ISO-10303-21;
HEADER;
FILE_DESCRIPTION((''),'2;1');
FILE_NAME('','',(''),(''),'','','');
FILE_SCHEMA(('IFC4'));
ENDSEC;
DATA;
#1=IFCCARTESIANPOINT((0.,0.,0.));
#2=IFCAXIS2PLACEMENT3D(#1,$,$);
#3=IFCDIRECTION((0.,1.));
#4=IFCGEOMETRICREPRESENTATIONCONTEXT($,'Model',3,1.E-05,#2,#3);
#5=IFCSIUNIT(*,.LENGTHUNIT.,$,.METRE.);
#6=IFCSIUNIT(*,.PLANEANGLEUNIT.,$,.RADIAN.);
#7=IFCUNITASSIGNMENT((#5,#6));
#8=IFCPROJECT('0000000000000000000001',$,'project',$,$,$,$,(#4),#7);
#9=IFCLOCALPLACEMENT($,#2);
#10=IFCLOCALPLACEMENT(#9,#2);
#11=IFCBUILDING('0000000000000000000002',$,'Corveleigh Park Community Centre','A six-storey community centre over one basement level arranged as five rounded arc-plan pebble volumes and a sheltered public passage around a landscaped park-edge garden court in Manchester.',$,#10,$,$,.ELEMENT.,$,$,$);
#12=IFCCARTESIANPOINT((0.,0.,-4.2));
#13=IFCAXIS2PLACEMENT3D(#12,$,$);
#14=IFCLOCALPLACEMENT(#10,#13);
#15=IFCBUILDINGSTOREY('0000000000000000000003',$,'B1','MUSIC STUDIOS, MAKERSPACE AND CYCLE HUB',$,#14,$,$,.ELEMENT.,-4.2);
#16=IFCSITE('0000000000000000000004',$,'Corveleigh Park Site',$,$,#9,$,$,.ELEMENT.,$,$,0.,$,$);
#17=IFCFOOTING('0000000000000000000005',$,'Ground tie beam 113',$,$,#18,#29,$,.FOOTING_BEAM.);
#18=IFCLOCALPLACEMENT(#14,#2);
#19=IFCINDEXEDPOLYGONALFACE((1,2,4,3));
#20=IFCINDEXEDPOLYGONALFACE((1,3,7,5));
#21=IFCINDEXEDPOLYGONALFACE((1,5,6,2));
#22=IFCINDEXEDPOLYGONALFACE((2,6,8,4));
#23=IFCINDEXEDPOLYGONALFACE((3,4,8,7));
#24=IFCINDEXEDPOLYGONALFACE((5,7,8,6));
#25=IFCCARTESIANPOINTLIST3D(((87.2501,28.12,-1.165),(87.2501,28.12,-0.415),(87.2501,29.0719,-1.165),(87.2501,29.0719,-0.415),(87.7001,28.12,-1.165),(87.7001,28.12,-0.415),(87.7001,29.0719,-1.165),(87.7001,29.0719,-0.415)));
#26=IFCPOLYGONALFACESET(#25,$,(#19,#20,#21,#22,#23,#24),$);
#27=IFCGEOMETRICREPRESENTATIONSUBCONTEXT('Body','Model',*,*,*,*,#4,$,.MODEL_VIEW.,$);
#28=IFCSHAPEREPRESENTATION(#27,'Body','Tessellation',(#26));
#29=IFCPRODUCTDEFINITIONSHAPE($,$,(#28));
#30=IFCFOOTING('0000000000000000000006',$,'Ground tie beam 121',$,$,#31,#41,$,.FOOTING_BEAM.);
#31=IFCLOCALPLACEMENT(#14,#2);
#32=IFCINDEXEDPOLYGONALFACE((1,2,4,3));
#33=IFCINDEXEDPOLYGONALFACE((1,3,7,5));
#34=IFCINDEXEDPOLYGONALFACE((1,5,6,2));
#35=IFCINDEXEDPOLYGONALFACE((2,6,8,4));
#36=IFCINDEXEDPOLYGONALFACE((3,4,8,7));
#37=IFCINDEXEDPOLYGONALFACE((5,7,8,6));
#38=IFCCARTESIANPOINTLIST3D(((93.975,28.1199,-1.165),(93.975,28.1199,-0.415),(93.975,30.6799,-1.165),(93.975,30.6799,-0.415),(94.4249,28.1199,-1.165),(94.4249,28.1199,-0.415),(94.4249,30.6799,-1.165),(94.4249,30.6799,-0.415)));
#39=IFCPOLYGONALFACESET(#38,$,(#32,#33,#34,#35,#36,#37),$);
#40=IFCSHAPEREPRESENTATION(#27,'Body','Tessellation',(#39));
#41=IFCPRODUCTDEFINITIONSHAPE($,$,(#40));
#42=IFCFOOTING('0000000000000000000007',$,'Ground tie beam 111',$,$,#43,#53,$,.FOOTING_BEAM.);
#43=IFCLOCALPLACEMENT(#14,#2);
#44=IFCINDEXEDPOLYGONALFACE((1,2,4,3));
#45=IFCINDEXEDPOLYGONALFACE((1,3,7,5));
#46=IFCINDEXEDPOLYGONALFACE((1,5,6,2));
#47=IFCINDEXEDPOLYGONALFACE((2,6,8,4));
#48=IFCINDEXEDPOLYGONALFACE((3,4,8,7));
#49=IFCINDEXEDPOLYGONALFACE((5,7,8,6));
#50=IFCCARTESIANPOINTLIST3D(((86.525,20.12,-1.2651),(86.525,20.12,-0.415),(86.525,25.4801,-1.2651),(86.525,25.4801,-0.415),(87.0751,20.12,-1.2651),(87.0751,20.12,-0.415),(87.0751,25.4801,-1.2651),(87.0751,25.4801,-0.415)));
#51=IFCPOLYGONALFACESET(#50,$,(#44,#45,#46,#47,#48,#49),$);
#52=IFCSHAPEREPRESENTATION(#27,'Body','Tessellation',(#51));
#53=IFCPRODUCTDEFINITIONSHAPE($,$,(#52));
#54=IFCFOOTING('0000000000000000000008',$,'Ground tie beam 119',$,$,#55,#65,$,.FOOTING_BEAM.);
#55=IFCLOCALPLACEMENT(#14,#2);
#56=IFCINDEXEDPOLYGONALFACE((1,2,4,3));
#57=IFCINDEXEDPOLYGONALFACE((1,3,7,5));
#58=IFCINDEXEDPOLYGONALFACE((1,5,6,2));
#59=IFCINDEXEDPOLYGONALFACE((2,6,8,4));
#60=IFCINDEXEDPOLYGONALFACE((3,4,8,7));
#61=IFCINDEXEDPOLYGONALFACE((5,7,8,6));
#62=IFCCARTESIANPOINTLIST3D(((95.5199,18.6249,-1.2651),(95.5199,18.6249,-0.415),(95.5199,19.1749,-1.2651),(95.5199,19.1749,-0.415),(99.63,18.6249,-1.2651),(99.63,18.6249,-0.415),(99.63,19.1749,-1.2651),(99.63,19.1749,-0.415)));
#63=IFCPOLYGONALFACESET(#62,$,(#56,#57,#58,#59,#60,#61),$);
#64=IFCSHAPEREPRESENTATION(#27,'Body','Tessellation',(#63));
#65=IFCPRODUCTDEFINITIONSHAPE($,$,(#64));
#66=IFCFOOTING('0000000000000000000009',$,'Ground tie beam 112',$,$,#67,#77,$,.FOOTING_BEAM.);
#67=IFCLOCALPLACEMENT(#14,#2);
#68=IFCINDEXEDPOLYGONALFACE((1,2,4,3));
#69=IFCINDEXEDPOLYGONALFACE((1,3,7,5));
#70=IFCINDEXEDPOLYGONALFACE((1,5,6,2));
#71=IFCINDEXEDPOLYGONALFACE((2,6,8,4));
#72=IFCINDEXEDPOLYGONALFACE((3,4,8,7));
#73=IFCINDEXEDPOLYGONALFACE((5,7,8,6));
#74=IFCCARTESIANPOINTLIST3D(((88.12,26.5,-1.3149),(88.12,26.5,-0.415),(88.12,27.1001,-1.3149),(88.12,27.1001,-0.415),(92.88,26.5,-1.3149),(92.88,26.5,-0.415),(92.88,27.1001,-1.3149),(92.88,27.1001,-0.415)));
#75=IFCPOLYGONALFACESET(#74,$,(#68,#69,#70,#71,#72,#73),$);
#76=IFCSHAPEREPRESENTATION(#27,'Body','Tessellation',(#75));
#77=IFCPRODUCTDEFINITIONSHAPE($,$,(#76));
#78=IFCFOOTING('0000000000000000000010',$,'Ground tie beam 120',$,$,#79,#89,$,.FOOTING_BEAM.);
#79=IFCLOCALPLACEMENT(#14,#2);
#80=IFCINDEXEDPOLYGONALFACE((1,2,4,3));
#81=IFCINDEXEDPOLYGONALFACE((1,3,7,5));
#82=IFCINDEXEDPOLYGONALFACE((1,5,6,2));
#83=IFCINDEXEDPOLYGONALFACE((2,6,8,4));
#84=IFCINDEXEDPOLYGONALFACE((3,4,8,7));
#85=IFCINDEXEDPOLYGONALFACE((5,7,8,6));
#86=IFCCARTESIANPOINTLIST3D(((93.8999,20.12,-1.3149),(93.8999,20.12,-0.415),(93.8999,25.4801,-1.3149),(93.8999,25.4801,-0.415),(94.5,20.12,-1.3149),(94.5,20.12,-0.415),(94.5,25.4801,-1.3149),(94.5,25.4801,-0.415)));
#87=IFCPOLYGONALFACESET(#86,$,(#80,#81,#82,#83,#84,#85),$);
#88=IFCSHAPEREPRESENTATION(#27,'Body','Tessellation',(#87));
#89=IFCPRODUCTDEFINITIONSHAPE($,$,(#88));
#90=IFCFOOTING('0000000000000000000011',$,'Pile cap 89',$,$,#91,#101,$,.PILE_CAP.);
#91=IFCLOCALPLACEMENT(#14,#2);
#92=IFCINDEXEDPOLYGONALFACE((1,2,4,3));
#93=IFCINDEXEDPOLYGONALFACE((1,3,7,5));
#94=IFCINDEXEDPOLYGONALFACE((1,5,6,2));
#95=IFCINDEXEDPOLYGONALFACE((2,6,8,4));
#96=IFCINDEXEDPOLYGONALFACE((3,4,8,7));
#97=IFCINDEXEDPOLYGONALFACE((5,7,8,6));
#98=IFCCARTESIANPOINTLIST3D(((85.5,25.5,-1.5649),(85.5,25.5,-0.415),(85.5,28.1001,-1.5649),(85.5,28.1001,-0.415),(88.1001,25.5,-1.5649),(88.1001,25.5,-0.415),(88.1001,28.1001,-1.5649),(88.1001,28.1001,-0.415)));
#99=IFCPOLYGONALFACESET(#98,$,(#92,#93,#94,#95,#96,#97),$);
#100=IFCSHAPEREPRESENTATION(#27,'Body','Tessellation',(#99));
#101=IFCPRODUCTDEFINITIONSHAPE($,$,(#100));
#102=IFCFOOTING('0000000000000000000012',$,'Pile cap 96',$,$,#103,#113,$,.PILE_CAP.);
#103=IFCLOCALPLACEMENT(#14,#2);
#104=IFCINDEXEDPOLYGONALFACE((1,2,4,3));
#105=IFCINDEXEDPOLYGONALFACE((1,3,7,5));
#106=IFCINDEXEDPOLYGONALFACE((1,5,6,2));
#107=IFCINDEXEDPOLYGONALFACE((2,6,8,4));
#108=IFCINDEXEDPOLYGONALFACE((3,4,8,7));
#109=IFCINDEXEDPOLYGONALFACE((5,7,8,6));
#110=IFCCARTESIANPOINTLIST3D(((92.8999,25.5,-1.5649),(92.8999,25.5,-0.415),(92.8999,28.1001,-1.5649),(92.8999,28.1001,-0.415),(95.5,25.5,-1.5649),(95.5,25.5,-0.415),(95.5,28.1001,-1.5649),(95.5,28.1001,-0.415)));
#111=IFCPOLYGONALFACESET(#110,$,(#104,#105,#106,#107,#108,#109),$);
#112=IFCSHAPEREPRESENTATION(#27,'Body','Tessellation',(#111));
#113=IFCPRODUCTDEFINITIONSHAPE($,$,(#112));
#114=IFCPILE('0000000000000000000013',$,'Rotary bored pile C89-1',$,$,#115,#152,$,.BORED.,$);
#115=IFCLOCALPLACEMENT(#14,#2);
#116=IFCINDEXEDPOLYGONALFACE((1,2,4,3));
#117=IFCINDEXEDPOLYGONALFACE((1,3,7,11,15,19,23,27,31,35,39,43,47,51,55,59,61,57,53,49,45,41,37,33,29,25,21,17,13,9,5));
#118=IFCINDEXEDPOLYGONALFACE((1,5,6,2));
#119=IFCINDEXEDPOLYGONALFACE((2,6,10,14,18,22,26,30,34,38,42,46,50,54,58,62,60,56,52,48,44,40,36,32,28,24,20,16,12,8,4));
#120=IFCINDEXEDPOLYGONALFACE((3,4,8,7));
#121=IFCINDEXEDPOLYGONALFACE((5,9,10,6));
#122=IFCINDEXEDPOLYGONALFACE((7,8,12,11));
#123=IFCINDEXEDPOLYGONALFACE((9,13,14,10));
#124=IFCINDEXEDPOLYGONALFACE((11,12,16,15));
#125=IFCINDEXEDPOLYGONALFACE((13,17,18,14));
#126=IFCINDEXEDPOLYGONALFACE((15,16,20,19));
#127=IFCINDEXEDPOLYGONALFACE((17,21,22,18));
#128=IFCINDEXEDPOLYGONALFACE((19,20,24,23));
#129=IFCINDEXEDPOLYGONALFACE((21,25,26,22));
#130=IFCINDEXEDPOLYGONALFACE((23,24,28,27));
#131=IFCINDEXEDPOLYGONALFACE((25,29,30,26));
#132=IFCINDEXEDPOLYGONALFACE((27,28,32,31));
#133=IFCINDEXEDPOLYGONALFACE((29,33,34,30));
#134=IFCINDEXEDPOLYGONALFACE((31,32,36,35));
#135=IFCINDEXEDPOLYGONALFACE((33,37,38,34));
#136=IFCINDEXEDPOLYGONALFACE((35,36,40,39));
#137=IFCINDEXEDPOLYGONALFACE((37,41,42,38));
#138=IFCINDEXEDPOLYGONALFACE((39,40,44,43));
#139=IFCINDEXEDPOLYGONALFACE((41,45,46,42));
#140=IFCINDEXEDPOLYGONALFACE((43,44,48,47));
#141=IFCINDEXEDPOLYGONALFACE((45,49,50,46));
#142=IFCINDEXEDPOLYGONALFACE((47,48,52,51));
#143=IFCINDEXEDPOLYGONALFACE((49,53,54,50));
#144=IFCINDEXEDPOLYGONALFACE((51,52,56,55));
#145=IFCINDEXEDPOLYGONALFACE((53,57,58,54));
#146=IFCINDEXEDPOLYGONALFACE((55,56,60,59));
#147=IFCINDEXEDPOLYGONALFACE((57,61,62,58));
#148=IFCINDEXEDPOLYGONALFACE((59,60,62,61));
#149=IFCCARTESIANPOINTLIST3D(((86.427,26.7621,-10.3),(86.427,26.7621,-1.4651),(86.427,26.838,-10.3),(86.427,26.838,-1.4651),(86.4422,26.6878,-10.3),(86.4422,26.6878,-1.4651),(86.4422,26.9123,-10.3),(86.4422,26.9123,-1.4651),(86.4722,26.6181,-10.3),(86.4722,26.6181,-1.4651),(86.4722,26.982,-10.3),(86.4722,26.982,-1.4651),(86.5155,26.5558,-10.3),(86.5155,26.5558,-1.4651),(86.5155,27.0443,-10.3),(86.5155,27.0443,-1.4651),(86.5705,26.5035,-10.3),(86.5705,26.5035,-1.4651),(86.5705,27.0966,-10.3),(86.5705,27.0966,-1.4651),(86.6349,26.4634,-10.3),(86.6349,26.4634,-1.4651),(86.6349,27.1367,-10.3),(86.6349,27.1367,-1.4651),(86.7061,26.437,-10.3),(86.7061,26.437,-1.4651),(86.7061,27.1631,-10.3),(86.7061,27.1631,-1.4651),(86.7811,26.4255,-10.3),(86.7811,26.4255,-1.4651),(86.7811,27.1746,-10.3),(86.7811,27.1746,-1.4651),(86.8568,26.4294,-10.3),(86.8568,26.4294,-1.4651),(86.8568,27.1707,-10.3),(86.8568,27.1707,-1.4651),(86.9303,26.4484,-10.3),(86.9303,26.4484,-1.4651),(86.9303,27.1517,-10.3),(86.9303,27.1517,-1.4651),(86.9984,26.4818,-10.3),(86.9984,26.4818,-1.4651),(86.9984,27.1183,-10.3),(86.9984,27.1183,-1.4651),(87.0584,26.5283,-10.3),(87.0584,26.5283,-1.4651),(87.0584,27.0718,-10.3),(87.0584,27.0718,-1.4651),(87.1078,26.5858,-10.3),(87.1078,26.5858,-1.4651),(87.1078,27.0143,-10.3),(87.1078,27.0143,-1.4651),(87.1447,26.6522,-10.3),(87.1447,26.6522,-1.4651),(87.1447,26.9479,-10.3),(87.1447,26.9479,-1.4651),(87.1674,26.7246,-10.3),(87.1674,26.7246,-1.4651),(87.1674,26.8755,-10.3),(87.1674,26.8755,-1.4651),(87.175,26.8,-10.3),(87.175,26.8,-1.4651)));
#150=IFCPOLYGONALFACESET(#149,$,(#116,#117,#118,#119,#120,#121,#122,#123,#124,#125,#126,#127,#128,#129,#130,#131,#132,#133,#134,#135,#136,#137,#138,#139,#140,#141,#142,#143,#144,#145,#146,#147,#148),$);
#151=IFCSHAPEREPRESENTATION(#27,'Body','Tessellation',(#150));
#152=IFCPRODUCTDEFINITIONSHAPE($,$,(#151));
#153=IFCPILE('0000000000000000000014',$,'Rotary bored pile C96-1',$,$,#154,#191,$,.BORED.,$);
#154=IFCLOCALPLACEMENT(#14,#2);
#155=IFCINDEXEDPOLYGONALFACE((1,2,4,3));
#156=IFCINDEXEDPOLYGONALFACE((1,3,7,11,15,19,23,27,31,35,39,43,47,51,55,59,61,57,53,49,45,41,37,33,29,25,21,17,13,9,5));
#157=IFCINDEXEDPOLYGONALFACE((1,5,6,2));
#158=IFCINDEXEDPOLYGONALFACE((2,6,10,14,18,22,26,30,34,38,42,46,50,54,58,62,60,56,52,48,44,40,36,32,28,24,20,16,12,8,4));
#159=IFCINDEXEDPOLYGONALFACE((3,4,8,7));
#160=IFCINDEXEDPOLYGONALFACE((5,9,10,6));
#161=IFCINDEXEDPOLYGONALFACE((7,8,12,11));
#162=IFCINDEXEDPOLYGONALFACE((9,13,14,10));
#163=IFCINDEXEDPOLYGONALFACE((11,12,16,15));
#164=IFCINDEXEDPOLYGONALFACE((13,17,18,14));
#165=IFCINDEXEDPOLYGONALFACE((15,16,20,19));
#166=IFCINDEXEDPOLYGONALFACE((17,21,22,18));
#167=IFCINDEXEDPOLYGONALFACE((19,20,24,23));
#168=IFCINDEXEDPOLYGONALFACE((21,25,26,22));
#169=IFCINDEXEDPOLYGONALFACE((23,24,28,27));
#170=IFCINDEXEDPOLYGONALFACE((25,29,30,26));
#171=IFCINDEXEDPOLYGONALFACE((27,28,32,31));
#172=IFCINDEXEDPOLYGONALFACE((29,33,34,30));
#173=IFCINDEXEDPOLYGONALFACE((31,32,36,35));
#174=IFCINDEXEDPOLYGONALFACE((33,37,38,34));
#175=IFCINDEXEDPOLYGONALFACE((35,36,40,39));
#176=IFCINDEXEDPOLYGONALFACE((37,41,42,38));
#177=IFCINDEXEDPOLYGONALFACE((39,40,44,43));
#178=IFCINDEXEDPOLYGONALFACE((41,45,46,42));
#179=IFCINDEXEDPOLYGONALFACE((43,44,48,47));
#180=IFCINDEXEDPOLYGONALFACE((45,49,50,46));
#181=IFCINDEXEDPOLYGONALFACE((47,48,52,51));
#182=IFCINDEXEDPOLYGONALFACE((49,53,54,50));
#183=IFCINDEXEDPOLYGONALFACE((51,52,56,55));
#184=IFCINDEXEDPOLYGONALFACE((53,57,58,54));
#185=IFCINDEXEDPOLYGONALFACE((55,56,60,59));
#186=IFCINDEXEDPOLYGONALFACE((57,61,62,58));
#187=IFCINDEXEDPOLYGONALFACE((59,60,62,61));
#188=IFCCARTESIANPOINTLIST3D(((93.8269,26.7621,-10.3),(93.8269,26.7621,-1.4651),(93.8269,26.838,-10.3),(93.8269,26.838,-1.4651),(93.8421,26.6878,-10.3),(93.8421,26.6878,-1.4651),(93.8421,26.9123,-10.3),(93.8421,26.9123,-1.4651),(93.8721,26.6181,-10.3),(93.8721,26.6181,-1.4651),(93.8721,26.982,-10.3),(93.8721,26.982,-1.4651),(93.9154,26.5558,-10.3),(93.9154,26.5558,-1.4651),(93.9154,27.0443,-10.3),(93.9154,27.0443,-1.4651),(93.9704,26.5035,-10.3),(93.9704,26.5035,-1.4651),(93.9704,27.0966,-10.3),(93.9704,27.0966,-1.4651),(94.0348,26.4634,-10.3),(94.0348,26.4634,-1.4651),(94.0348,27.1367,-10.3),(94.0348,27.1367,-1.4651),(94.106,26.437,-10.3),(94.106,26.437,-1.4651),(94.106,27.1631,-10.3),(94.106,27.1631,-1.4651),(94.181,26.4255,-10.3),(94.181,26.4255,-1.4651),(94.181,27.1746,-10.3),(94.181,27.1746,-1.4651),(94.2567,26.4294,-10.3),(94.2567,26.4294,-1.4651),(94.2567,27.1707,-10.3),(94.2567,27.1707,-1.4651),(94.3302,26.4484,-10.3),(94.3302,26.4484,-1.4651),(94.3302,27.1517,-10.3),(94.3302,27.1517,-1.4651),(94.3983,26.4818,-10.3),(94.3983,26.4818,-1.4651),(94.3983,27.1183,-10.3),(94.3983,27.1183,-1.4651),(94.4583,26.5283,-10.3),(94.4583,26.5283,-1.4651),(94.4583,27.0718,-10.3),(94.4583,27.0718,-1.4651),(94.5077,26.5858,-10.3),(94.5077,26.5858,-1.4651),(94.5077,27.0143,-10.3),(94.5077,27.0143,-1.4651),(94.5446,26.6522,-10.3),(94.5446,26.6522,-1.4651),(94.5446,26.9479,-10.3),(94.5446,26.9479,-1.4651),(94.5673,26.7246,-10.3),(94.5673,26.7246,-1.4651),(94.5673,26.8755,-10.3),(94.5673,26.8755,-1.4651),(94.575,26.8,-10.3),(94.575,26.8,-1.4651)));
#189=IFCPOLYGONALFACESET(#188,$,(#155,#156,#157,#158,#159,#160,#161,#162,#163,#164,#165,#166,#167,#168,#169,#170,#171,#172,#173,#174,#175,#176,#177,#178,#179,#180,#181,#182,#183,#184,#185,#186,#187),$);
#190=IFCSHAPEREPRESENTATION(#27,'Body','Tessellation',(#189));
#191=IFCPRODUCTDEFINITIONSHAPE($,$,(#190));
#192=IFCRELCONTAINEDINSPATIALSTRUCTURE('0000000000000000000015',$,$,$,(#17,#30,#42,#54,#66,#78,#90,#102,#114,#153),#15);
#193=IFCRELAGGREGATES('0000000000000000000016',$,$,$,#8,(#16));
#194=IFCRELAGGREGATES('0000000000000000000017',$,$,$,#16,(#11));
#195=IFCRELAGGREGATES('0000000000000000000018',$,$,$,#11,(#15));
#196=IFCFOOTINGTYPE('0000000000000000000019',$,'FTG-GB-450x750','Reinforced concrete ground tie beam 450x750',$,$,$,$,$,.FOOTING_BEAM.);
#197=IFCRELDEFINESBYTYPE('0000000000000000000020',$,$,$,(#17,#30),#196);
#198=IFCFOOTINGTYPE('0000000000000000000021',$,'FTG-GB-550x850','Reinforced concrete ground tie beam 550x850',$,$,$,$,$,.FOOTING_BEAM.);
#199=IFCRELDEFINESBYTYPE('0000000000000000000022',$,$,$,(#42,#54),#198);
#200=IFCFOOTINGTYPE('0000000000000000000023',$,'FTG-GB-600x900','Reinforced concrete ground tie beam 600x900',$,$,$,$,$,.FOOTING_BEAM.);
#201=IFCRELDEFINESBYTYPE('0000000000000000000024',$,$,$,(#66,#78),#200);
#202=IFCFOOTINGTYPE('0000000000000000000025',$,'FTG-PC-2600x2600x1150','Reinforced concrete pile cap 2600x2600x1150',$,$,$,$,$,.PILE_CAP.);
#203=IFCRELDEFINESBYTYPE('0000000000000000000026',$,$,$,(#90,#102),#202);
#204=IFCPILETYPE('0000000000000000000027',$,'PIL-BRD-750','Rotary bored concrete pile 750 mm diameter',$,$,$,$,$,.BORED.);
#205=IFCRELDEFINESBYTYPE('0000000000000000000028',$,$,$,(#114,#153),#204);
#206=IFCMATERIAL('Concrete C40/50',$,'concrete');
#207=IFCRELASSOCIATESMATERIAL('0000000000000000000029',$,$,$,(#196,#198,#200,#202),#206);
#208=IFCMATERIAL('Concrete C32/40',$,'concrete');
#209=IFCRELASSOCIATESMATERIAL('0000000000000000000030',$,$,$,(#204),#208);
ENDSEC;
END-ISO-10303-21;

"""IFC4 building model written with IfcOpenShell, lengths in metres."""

from ifc_helpers import new_model, si_unit, direction, frame, origin, origin_2d, place, context, subcontext, project, spatial, rectangle, circle, extrude, material, material_profile, profile_set, type_object, element, save


model = new_model("IFC4")

# Units and contexts
model_context = context("Model", 3, precision=1e-05, world=origin(), true_north=direction((0.0, 1.0)))
body_context = subcontext(model_context, "Body", "Model", "MODEL_VIEW")
ifc_project = project(units=[si_unit("LENGTHUNIT", "METRE"), si_unit("PLANEANGLEUNIT", "RADIAN")], contexts=[model_context])

# Site, building, storey
site_placement = place(None, origin())
site = spatial("IfcSite", under=ifc_project, at=site_placement, Name="Corveleigh Park Site", CompositionType="ELEMENT", RefElevation=0.0)
building_placement = place(site_placement, origin())
building = spatial("IfcBuilding", under=site, at=building_placement, Name="Corveleigh Park Community Centre", Description="A six-storey community centre over one basement level arranged as five rounded arc-plan pebble volumes and a sheltered public passage around a landscaped park-edge garden court in Manchester.", CompositionType="ELEMENT")
storey_placement = place(building_placement, frame((0.0, 0.0, -4.2)))
storey = spatial("IfcBuildingStorey", under=building, at=storey_placement, Name="B1", Description="MUSIC STUDIOS, MAKERSPACE AND CYCLE HUB", CompositionType="ELEMENT", Elevation=-4.2)

# Footings
ifc_material_1 = material(Name="Concrete C40/50", Category="concrete")
footing_type_1 = type_object("IfcFootingType", Name="FTG-GB-450x750", Description="Reinforced concrete ground tie beam 450x750", PredefinedType="FOOTING_BEAM", material=ifc_material_1)
footing_1_placement = place(storey_placement, frame((87.4751, 28.5959, -1.165), z_axis=(0.0, 0.0, 1.0), x_axis=(1.0, 0.0, 0.0)))
element("IfcFooting", 1, at=footing_1_placement, inside=storey, type_object=footing_type_1, Name="Ground tie beam 113", PredefinedType="FOOTING_BEAM", context=body_context, shape_type="SweptSolid", body=[
    extrude(rectangle(XDim=0.45, YDim=0.9519, at=origin_2d()), origin(), (0.0, 0.0, 1.0), 0.75),
])
footing_2_placement = place(storey_placement, frame((94.2, 29.3999, -1.165), z_axis=(0.0, 0.0, 1.0), x_axis=(1.0, 0.0, 0.0)))
element("IfcFooting", 2, at=footing_2_placement, inside=storey, type_object=footing_type_1, Name="Ground tie beam 121", PredefinedType="FOOTING_BEAM", context=body_context, shape_type="SweptSolid", body=[
    extrude(rectangle(XDim=0.45, YDim=2.5601, at=origin_2d()), origin(), (0.0, 0.0, 1.0), 0.75),
])
footing_type_2 = type_object("IfcFootingType", Name="FTG-GB-550x850", Description="Reinforced concrete ground tie beam 550x850", PredefinedType="FOOTING_BEAM", material=ifc_material_1)
footing_3_placement = place(storey_placement, frame((86.8, 22.8, -1.2651), z_axis=(0.0, 0.0, 1.0), x_axis=(1.0, 0.0, 0.0)))
element("IfcFooting", 3, at=footing_3_placement, inside=storey, type_object=footing_type_2, Name="Ground tie beam 111", PredefinedType="FOOTING_BEAM", context=body_context, shape_type="SweptSolid", body=[
    extrude(rectangle(XDim=0.55, YDim=5.3601, at=origin_2d()), origin(), (0.0, 0.0, 1.0), 0.8501),
])
footing_4_placement = place(storey_placement, frame((97.575, 18.8999, -1.2651), z_axis=(0.0, 0.0, 1.0), x_axis=(1.0, 0.0, 0.0)))
element("IfcFooting", 4, at=footing_4_placement, inside=storey, type_object=footing_type_2, Name="Ground tie beam 119", PredefinedType="FOOTING_BEAM", context=body_context, shape_type="SweptSolid", body=[
    extrude(rectangle(XDim=4.1101, YDim=0.55, at=origin_2d()), origin(), (0.0, 0.0, 1.0), 0.8501),
])
footing_type_3 = type_object("IfcFootingType", Name="FTG-GB-600x900", Description="Reinforced concrete ground tie beam 600x900", PredefinedType="FOOTING_BEAM", material=ifc_material_1)
footing_5_placement = place(storey_placement, frame((90.5, 26.8, -1.3149), z_axis=(0.0, 0.0, 1.0), x_axis=(1.0, 0.0, 0.0)))
element("IfcFooting", 5, at=footing_5_placement, inside=storey, type_object=footing_type_3, Name="Ground tie beam 112", PredefinedType="FOOTING_BEAM", context=body_context, shape_type="SweptSolid", body=[
    extrude(rectangle(XDim=4.76, YDim=0.6001, at=origin_2d()), origin(), (0.0, 0.0, 1.0), 0.8999),
])
footing_6_placement = place(storey_placement, frame((94.2, 22.8, -1.3149), z_axis=(0.0, 0.0, 1.0), x_axis=(1.0, 0.0, 0.0)))
element("IfcFooting", 6, at=footing_6_placement, inside=storey, type_object=footing_type_3, Name="Ground tie beam 120", PredefinedType="FOOTING_BEAM", context=body_context, shape_type="SweptSolid", body=[
    extrude(rectangle(XDim=0.6001, YDim=5.3601, at=origin_2d()), origin(), (0.0, 0.0, 1.0), 0.8999),
])
footing_type_4 = type_object("IfcFootingType", Name="FTG-PC-2600x2600x1150", Description="Reinforced concrete pile cap 2600x2600x1150", PredefinedType="PILE_CAP", material=ifc_material_1)
for number, where, z_axis, x_axis, name in (
    (7, (86.8, 26.8, -1.5649), (0.0, 0.0, 1.0), (1.0, 0.0, 0.0), "Pile cap 89"),
    (8, (94.2, 26.8, -1.5649), (0.0, 0.0, 1.0), (1.0, 0.0, 0.0), "Pile cap 96"),
):
    element("IfcFooting", number, at=place(storey_placement, frame(where, z_axis=z_axis, x_axis=x_axis)), inside=storey, type_object=footing_type_4, Name=name, PredefinedType="PILE_CAP", context=body_context, shape_type="SweptSolid", body=[
        extrude(rectangle(XDim=2.6001, YDim=2.6001, at=origin_2d()), origin(), (0.0, 0.0, 1.0), 1.1499),
    ])

# Piles
ifc_material_2 = material(Name="Concrete C32/40", Category="concrete")
ifc_material_profile_1 = material_profile(ifc_material_2, circle(Radius=0.375, at=origin_2d()), Name="BORED-PILE-750", Category="concrete")
ifc_profile_set_1 = profile_set([ifc_material_profile_1], Name="Concrete C32/40")
pile_type_1 = type_object("IfcPileType", Name="PIL-BRD-750", Description="Rotary bored concrete pile 750 mm diameter", PredefinedType="BORED", material=ifc_profile_set_1)
for number, where, z_axis, x_axis, name in (
    (9, (86.8, 26.8, -1.4651), (0.0, 0.0, -1.0), (1.0, 0.0, 0.0), "Rotary bored pile C89-1"),
    (10, (94.2, 26.8, -1.4651), (0.0, 0.0, -1.0), (1.0, 0.0, 0.0), "Rotary bored pile C96-1"),
):
    element("IfcPile", number, at=place(storey_placement, frame(where, z_axis=z_axis, x_axis=x_axis)), inside=storey, type_object=pile_type_1, Name=name, PredefinedType="BORED", context=body_context, shape_type="SweptSolid", body=[
        extrude(circle(Radius=0.375, at=origin_2d()), origin(), (0.0, 0.0, 1.0), 8.835),
    ])

save(model, "model.ifc")
